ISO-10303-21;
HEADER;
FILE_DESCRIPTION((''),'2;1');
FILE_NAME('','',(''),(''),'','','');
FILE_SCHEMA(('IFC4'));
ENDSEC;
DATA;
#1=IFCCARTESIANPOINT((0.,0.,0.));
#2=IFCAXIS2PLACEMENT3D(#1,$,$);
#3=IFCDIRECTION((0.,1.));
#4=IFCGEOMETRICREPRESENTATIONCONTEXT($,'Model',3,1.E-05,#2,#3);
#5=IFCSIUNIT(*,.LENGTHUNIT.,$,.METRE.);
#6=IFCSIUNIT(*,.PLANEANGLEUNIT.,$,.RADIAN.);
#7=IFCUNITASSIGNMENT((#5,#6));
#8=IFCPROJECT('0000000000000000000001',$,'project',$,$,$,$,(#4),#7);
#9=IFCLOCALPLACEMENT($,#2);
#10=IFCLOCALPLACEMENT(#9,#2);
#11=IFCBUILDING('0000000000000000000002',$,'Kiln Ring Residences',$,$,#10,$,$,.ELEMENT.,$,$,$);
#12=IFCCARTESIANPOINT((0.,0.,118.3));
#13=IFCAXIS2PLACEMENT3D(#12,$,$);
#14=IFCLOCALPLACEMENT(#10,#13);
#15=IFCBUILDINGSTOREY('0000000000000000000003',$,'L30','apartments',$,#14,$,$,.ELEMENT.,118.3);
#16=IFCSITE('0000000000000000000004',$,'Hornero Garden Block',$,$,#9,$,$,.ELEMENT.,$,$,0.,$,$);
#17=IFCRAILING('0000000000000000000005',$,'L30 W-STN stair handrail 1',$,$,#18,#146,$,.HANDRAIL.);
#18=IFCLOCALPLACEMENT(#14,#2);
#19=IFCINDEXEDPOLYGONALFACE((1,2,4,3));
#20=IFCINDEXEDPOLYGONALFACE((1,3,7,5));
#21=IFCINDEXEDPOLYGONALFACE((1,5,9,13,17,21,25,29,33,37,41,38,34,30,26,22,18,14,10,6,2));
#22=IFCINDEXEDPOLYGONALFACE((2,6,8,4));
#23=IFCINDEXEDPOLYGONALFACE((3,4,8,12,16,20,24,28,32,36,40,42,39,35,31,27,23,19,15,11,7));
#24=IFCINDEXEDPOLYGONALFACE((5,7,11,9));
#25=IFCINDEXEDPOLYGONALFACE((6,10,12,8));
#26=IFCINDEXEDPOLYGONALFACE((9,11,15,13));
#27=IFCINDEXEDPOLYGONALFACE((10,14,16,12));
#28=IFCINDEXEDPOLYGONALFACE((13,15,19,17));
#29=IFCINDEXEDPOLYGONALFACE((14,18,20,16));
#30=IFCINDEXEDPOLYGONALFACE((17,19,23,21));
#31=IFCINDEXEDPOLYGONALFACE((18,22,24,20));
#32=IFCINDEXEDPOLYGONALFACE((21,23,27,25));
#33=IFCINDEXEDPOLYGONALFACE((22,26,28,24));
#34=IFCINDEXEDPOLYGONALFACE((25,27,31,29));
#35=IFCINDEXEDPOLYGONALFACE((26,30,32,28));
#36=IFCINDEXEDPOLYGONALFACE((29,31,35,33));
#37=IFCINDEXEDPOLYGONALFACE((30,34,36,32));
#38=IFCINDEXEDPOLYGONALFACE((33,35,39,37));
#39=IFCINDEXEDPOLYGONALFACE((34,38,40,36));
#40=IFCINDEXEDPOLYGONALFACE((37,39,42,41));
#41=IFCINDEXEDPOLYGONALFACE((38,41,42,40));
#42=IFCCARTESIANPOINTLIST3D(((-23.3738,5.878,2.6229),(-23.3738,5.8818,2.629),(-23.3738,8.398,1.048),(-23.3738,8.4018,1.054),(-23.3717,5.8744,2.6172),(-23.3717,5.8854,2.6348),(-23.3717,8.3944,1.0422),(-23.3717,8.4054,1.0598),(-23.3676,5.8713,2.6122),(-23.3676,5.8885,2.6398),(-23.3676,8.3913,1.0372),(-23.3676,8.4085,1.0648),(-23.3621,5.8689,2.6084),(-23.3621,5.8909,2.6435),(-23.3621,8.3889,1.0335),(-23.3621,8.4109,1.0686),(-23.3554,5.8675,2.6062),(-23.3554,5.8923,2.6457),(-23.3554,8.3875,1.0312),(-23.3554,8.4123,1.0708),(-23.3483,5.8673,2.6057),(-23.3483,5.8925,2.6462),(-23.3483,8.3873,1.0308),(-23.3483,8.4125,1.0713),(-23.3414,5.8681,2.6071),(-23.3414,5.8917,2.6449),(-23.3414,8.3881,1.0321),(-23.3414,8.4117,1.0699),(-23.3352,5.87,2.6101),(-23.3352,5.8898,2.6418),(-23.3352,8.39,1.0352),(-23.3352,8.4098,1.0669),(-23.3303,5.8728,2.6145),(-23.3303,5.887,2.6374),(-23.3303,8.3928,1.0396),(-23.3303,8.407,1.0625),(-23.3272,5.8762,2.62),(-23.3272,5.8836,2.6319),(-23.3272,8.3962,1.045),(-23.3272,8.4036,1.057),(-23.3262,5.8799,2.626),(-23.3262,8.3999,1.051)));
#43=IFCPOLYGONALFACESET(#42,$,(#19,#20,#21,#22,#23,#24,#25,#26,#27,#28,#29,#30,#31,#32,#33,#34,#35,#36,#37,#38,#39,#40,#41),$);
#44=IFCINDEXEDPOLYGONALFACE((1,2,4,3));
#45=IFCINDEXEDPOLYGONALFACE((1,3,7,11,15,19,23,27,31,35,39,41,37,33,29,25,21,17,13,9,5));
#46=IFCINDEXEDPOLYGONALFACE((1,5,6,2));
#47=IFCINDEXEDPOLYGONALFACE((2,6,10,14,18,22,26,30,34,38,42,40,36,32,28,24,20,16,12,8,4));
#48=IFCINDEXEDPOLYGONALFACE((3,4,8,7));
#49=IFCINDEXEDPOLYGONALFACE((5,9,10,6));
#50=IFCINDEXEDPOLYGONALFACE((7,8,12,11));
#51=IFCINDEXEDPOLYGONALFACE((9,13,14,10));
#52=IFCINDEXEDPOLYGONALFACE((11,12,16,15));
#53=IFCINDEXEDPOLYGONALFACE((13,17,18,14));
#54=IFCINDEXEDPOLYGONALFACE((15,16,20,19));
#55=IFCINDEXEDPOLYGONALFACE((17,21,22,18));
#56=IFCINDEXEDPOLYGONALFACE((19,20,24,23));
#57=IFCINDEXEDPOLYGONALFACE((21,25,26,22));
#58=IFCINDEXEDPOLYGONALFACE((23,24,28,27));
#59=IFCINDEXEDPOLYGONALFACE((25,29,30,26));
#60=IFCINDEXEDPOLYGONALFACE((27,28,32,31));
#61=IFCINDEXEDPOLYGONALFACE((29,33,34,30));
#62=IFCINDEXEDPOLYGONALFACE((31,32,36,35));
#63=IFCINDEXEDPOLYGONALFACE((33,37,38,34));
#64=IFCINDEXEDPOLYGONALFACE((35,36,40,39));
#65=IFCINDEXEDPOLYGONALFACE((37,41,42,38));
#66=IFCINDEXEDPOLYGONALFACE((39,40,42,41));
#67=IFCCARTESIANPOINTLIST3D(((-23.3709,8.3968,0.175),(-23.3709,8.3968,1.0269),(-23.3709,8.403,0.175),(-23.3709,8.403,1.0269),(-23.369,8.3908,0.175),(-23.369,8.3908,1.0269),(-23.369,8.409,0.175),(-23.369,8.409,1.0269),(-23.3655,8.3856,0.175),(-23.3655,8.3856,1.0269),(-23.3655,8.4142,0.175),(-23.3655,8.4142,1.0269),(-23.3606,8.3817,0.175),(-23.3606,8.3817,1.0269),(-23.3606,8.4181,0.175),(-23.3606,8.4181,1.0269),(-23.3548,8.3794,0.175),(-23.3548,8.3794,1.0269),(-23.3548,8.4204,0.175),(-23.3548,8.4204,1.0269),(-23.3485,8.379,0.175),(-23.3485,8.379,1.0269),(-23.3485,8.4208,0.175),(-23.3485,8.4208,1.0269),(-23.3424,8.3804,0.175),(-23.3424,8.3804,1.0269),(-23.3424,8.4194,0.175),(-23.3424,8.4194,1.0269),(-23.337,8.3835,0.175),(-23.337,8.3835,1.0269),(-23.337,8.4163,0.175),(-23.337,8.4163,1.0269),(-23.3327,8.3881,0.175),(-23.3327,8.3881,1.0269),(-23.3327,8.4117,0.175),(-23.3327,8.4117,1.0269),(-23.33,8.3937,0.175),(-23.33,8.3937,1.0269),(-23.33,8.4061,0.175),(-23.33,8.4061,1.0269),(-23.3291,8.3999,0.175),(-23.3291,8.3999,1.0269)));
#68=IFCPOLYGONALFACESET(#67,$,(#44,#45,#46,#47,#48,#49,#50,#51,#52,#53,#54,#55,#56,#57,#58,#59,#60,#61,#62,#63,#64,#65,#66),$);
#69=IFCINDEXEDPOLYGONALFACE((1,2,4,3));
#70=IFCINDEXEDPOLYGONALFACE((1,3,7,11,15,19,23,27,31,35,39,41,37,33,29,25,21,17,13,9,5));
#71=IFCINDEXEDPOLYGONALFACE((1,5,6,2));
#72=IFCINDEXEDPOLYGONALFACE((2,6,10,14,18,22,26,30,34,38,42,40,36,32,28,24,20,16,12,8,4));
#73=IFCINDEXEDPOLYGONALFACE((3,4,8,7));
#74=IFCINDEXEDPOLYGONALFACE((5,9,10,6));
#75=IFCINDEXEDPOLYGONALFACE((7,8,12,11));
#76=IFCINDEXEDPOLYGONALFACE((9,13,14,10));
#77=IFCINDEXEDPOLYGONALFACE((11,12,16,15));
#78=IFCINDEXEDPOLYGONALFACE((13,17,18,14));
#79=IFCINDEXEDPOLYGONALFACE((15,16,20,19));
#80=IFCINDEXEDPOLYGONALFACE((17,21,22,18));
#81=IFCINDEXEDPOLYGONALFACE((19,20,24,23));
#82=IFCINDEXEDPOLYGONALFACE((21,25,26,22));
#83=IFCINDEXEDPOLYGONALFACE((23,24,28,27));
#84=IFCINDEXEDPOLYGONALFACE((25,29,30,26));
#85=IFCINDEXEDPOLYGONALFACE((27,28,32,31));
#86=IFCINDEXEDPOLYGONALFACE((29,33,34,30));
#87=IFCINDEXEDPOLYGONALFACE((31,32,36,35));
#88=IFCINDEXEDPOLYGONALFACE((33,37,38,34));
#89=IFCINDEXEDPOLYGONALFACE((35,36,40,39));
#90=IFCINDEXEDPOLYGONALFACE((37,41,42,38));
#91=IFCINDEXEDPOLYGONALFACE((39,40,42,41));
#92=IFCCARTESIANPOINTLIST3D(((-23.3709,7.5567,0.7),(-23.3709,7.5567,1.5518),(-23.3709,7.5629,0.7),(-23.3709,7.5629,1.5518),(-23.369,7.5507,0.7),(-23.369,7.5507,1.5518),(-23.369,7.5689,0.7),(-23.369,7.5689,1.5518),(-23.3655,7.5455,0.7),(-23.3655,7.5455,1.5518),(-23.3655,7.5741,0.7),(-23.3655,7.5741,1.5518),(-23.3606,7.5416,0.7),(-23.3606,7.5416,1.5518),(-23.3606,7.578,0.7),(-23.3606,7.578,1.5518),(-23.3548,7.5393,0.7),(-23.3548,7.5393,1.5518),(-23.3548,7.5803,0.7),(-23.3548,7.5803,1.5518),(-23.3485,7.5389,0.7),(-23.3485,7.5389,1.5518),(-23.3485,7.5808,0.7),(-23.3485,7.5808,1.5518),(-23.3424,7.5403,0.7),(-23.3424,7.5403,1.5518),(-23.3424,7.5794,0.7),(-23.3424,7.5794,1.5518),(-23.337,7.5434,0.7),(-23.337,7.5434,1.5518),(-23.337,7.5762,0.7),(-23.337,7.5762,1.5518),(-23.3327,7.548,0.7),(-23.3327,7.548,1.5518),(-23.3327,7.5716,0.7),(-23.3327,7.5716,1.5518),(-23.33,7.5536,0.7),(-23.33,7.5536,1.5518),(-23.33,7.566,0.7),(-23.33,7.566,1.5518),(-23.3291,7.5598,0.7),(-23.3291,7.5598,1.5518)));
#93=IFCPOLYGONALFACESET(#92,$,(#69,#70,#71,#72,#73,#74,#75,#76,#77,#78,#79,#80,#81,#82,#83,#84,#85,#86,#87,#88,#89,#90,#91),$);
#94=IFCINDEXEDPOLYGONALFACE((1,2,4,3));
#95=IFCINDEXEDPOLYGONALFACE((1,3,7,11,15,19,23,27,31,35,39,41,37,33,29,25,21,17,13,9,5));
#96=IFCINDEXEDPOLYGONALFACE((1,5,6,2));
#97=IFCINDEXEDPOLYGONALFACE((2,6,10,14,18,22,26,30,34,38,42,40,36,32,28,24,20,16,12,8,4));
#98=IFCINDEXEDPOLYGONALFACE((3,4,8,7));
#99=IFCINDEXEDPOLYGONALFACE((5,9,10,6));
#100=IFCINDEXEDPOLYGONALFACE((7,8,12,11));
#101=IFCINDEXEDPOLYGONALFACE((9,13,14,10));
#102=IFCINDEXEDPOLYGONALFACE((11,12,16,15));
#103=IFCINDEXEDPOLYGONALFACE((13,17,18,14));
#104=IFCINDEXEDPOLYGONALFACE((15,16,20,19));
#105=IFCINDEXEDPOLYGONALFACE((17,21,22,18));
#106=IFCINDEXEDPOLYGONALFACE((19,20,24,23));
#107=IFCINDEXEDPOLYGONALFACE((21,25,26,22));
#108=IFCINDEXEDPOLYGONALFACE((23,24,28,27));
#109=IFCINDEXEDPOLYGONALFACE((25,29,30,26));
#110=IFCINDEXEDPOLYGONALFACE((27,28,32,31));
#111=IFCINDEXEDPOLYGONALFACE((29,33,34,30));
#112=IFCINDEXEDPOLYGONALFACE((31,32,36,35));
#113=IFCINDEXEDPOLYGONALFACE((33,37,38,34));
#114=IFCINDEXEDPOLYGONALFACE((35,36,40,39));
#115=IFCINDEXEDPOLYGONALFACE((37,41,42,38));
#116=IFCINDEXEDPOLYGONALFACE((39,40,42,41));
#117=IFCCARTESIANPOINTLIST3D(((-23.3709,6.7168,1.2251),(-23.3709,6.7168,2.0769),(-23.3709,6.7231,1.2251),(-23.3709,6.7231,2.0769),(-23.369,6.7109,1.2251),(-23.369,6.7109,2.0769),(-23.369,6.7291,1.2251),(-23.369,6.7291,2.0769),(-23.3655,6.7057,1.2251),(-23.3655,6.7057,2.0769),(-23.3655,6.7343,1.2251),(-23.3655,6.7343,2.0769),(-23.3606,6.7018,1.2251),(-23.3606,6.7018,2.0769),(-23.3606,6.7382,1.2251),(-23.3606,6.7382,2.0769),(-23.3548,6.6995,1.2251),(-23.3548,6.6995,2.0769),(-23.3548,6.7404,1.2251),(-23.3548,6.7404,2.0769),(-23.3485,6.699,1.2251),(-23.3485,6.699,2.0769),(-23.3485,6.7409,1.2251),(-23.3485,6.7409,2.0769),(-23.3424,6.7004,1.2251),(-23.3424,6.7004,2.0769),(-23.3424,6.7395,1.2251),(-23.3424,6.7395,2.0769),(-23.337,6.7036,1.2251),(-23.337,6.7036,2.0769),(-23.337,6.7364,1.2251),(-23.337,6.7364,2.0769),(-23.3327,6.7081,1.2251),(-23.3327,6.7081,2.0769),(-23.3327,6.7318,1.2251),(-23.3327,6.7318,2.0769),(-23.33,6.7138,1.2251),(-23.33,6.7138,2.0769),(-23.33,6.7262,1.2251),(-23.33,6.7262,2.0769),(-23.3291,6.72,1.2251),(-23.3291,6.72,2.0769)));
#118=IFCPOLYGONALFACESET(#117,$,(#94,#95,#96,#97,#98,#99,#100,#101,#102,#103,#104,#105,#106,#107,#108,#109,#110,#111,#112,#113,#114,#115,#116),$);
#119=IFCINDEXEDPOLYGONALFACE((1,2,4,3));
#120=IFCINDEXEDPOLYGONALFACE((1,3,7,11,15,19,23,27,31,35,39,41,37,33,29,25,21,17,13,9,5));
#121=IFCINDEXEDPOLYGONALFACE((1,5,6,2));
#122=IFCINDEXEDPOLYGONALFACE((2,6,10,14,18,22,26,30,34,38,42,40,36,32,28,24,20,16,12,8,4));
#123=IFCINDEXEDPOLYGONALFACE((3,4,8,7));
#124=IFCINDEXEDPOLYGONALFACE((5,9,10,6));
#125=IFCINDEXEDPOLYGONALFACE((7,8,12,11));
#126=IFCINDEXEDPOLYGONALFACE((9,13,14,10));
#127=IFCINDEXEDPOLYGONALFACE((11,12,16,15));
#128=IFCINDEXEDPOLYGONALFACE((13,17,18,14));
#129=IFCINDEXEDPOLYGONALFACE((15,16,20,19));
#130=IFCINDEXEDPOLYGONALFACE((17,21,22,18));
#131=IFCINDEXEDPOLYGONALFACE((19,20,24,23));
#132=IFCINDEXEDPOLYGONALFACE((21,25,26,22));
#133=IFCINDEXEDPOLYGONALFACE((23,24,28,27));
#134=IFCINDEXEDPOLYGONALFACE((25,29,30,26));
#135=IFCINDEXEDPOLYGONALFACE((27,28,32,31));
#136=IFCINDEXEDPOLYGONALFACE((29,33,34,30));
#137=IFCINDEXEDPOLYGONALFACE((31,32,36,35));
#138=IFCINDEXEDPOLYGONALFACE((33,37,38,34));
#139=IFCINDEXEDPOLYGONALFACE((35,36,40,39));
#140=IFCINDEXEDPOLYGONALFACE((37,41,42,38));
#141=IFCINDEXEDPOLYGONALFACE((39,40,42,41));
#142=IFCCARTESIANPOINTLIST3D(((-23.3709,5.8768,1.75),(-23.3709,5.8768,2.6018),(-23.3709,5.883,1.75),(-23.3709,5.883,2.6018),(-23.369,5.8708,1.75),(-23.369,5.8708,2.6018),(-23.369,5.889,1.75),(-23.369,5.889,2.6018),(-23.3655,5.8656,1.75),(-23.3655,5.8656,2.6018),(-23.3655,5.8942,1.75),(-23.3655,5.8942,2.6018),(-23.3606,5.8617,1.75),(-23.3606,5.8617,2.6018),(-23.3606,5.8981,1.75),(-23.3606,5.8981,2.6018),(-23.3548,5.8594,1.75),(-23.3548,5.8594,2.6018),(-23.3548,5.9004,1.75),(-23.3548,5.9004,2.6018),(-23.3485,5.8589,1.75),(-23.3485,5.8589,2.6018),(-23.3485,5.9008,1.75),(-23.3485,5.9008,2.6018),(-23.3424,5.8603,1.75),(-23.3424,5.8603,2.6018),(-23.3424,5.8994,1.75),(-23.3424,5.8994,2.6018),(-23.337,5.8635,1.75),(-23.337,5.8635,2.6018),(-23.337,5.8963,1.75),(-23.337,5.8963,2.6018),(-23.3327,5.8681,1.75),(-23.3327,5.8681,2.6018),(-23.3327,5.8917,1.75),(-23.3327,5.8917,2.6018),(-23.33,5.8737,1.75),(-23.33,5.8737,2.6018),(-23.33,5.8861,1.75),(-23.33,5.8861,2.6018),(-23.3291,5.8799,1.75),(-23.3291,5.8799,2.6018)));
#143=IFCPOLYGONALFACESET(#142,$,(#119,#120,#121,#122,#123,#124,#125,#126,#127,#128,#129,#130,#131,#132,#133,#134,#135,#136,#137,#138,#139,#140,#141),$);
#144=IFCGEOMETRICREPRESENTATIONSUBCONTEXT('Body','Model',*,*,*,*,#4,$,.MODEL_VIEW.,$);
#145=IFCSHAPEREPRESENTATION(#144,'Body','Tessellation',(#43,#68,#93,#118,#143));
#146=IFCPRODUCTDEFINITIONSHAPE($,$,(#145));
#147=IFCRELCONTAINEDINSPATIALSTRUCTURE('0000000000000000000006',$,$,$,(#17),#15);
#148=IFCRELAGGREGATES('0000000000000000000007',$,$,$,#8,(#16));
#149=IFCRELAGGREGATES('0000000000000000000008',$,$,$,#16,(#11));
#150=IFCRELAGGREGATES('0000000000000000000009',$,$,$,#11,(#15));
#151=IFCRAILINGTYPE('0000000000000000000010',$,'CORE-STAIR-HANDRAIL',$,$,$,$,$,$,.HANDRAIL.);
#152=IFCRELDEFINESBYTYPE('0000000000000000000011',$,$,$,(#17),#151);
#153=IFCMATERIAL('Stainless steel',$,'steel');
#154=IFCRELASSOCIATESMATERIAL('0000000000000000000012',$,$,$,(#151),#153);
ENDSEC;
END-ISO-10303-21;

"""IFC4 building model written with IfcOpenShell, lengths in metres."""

from ifc_helpers import new_model, si_unit, direction, frame, origin, origin_2d, place, context, subcontext, project, spatial, circle, extrude, material, type_object, element, save


model = new_model("IFC4")

# Units and contexts
model_context = context("Model", 3, precision=1e-05, world=origin(), true_north=direction((0.0, 1.0)))
body_context = subcontext(model_context, "Body", "Model", "MODEL_VIEW")
ifc_project = project(units=[si_unit("LENGTHUNIT", "METRE"), si_unit("PLANEANGLEUNIT", "RADIAN")], contexts=[model_context])

# Site, building, storey
site_placement = place(None, origin())
site = spatial("IfcSite", under=ifc_project, at=site_placement, Name="Hornero Garden Block", CompositionType="ELEMENT", RefElevation=0.0)
building_placement = place(site_placement, origin())
building = spatial("IfcBuilding", under=site, at=building_placement, Name="Kiln Ring Residences", CompositionType="ELEMENT")
storey_placement = place(building_placement, frame((0.0, 0.0, 118.3)))
storey = spatial("IfcBuildingStorey", under=building, at=storey_placement, Name="L30", Description="apartments", CompositionType="ELEMENT", Elevation=118.3)

# Railing
ifc_material_1 = material(Name="Stainless steel", Category="steel")
railing_type_1 = type_object("IfcRailingType", Name="CORE-STAIR-HANDRAIL", PredefinedType="HANDRAIL", material=ifc_material_1)
railing_1_placement = place(storey_placement, frame((-23.3501, 8.3999, 0.175)))
element("IfcRailing", 1, at=railing_1_placement, inside=storey, type_object=railing_type_1, Name="L30 W-STN stair handrail 1", PredefinedType="HANDRAIL", context=body_context, shape_type="SweptSolid", body=[
    extrude(circle(Radius=0.0239, at=origin_2d()), frame((0.0, 0.0, 0.876), z_axis=(0.0, -0.848008, 0.529984), x_axis=(1.0, 0.0, 0.0)), (0.0, 0.0, 1.0), 2.9717),
    extrude(circle(Radius=0.021, at=origin_2d()), origin(), (0.0, 0.0, 1.0), 0.8518),
    extrude(circle(Radius=0.021, at=origin_2d()), frame((0.0, -0.8401, 0.5249)), (0.0, 0.0, 1.0), 0.8518),
    extrude(circle(Radius=0.021, at=origin_2d()), frame((0.0, -1.6799, 1.05)), (0.0, 0.0, 1.0), 0.8518),
    extrude(circle(Radius=0.021, at=origin_2d()), frame((0.0, -2.52, 1.575)), (0.0, 0.0, 1.0), 0.8518),
])

save(model, "model.ifc")
